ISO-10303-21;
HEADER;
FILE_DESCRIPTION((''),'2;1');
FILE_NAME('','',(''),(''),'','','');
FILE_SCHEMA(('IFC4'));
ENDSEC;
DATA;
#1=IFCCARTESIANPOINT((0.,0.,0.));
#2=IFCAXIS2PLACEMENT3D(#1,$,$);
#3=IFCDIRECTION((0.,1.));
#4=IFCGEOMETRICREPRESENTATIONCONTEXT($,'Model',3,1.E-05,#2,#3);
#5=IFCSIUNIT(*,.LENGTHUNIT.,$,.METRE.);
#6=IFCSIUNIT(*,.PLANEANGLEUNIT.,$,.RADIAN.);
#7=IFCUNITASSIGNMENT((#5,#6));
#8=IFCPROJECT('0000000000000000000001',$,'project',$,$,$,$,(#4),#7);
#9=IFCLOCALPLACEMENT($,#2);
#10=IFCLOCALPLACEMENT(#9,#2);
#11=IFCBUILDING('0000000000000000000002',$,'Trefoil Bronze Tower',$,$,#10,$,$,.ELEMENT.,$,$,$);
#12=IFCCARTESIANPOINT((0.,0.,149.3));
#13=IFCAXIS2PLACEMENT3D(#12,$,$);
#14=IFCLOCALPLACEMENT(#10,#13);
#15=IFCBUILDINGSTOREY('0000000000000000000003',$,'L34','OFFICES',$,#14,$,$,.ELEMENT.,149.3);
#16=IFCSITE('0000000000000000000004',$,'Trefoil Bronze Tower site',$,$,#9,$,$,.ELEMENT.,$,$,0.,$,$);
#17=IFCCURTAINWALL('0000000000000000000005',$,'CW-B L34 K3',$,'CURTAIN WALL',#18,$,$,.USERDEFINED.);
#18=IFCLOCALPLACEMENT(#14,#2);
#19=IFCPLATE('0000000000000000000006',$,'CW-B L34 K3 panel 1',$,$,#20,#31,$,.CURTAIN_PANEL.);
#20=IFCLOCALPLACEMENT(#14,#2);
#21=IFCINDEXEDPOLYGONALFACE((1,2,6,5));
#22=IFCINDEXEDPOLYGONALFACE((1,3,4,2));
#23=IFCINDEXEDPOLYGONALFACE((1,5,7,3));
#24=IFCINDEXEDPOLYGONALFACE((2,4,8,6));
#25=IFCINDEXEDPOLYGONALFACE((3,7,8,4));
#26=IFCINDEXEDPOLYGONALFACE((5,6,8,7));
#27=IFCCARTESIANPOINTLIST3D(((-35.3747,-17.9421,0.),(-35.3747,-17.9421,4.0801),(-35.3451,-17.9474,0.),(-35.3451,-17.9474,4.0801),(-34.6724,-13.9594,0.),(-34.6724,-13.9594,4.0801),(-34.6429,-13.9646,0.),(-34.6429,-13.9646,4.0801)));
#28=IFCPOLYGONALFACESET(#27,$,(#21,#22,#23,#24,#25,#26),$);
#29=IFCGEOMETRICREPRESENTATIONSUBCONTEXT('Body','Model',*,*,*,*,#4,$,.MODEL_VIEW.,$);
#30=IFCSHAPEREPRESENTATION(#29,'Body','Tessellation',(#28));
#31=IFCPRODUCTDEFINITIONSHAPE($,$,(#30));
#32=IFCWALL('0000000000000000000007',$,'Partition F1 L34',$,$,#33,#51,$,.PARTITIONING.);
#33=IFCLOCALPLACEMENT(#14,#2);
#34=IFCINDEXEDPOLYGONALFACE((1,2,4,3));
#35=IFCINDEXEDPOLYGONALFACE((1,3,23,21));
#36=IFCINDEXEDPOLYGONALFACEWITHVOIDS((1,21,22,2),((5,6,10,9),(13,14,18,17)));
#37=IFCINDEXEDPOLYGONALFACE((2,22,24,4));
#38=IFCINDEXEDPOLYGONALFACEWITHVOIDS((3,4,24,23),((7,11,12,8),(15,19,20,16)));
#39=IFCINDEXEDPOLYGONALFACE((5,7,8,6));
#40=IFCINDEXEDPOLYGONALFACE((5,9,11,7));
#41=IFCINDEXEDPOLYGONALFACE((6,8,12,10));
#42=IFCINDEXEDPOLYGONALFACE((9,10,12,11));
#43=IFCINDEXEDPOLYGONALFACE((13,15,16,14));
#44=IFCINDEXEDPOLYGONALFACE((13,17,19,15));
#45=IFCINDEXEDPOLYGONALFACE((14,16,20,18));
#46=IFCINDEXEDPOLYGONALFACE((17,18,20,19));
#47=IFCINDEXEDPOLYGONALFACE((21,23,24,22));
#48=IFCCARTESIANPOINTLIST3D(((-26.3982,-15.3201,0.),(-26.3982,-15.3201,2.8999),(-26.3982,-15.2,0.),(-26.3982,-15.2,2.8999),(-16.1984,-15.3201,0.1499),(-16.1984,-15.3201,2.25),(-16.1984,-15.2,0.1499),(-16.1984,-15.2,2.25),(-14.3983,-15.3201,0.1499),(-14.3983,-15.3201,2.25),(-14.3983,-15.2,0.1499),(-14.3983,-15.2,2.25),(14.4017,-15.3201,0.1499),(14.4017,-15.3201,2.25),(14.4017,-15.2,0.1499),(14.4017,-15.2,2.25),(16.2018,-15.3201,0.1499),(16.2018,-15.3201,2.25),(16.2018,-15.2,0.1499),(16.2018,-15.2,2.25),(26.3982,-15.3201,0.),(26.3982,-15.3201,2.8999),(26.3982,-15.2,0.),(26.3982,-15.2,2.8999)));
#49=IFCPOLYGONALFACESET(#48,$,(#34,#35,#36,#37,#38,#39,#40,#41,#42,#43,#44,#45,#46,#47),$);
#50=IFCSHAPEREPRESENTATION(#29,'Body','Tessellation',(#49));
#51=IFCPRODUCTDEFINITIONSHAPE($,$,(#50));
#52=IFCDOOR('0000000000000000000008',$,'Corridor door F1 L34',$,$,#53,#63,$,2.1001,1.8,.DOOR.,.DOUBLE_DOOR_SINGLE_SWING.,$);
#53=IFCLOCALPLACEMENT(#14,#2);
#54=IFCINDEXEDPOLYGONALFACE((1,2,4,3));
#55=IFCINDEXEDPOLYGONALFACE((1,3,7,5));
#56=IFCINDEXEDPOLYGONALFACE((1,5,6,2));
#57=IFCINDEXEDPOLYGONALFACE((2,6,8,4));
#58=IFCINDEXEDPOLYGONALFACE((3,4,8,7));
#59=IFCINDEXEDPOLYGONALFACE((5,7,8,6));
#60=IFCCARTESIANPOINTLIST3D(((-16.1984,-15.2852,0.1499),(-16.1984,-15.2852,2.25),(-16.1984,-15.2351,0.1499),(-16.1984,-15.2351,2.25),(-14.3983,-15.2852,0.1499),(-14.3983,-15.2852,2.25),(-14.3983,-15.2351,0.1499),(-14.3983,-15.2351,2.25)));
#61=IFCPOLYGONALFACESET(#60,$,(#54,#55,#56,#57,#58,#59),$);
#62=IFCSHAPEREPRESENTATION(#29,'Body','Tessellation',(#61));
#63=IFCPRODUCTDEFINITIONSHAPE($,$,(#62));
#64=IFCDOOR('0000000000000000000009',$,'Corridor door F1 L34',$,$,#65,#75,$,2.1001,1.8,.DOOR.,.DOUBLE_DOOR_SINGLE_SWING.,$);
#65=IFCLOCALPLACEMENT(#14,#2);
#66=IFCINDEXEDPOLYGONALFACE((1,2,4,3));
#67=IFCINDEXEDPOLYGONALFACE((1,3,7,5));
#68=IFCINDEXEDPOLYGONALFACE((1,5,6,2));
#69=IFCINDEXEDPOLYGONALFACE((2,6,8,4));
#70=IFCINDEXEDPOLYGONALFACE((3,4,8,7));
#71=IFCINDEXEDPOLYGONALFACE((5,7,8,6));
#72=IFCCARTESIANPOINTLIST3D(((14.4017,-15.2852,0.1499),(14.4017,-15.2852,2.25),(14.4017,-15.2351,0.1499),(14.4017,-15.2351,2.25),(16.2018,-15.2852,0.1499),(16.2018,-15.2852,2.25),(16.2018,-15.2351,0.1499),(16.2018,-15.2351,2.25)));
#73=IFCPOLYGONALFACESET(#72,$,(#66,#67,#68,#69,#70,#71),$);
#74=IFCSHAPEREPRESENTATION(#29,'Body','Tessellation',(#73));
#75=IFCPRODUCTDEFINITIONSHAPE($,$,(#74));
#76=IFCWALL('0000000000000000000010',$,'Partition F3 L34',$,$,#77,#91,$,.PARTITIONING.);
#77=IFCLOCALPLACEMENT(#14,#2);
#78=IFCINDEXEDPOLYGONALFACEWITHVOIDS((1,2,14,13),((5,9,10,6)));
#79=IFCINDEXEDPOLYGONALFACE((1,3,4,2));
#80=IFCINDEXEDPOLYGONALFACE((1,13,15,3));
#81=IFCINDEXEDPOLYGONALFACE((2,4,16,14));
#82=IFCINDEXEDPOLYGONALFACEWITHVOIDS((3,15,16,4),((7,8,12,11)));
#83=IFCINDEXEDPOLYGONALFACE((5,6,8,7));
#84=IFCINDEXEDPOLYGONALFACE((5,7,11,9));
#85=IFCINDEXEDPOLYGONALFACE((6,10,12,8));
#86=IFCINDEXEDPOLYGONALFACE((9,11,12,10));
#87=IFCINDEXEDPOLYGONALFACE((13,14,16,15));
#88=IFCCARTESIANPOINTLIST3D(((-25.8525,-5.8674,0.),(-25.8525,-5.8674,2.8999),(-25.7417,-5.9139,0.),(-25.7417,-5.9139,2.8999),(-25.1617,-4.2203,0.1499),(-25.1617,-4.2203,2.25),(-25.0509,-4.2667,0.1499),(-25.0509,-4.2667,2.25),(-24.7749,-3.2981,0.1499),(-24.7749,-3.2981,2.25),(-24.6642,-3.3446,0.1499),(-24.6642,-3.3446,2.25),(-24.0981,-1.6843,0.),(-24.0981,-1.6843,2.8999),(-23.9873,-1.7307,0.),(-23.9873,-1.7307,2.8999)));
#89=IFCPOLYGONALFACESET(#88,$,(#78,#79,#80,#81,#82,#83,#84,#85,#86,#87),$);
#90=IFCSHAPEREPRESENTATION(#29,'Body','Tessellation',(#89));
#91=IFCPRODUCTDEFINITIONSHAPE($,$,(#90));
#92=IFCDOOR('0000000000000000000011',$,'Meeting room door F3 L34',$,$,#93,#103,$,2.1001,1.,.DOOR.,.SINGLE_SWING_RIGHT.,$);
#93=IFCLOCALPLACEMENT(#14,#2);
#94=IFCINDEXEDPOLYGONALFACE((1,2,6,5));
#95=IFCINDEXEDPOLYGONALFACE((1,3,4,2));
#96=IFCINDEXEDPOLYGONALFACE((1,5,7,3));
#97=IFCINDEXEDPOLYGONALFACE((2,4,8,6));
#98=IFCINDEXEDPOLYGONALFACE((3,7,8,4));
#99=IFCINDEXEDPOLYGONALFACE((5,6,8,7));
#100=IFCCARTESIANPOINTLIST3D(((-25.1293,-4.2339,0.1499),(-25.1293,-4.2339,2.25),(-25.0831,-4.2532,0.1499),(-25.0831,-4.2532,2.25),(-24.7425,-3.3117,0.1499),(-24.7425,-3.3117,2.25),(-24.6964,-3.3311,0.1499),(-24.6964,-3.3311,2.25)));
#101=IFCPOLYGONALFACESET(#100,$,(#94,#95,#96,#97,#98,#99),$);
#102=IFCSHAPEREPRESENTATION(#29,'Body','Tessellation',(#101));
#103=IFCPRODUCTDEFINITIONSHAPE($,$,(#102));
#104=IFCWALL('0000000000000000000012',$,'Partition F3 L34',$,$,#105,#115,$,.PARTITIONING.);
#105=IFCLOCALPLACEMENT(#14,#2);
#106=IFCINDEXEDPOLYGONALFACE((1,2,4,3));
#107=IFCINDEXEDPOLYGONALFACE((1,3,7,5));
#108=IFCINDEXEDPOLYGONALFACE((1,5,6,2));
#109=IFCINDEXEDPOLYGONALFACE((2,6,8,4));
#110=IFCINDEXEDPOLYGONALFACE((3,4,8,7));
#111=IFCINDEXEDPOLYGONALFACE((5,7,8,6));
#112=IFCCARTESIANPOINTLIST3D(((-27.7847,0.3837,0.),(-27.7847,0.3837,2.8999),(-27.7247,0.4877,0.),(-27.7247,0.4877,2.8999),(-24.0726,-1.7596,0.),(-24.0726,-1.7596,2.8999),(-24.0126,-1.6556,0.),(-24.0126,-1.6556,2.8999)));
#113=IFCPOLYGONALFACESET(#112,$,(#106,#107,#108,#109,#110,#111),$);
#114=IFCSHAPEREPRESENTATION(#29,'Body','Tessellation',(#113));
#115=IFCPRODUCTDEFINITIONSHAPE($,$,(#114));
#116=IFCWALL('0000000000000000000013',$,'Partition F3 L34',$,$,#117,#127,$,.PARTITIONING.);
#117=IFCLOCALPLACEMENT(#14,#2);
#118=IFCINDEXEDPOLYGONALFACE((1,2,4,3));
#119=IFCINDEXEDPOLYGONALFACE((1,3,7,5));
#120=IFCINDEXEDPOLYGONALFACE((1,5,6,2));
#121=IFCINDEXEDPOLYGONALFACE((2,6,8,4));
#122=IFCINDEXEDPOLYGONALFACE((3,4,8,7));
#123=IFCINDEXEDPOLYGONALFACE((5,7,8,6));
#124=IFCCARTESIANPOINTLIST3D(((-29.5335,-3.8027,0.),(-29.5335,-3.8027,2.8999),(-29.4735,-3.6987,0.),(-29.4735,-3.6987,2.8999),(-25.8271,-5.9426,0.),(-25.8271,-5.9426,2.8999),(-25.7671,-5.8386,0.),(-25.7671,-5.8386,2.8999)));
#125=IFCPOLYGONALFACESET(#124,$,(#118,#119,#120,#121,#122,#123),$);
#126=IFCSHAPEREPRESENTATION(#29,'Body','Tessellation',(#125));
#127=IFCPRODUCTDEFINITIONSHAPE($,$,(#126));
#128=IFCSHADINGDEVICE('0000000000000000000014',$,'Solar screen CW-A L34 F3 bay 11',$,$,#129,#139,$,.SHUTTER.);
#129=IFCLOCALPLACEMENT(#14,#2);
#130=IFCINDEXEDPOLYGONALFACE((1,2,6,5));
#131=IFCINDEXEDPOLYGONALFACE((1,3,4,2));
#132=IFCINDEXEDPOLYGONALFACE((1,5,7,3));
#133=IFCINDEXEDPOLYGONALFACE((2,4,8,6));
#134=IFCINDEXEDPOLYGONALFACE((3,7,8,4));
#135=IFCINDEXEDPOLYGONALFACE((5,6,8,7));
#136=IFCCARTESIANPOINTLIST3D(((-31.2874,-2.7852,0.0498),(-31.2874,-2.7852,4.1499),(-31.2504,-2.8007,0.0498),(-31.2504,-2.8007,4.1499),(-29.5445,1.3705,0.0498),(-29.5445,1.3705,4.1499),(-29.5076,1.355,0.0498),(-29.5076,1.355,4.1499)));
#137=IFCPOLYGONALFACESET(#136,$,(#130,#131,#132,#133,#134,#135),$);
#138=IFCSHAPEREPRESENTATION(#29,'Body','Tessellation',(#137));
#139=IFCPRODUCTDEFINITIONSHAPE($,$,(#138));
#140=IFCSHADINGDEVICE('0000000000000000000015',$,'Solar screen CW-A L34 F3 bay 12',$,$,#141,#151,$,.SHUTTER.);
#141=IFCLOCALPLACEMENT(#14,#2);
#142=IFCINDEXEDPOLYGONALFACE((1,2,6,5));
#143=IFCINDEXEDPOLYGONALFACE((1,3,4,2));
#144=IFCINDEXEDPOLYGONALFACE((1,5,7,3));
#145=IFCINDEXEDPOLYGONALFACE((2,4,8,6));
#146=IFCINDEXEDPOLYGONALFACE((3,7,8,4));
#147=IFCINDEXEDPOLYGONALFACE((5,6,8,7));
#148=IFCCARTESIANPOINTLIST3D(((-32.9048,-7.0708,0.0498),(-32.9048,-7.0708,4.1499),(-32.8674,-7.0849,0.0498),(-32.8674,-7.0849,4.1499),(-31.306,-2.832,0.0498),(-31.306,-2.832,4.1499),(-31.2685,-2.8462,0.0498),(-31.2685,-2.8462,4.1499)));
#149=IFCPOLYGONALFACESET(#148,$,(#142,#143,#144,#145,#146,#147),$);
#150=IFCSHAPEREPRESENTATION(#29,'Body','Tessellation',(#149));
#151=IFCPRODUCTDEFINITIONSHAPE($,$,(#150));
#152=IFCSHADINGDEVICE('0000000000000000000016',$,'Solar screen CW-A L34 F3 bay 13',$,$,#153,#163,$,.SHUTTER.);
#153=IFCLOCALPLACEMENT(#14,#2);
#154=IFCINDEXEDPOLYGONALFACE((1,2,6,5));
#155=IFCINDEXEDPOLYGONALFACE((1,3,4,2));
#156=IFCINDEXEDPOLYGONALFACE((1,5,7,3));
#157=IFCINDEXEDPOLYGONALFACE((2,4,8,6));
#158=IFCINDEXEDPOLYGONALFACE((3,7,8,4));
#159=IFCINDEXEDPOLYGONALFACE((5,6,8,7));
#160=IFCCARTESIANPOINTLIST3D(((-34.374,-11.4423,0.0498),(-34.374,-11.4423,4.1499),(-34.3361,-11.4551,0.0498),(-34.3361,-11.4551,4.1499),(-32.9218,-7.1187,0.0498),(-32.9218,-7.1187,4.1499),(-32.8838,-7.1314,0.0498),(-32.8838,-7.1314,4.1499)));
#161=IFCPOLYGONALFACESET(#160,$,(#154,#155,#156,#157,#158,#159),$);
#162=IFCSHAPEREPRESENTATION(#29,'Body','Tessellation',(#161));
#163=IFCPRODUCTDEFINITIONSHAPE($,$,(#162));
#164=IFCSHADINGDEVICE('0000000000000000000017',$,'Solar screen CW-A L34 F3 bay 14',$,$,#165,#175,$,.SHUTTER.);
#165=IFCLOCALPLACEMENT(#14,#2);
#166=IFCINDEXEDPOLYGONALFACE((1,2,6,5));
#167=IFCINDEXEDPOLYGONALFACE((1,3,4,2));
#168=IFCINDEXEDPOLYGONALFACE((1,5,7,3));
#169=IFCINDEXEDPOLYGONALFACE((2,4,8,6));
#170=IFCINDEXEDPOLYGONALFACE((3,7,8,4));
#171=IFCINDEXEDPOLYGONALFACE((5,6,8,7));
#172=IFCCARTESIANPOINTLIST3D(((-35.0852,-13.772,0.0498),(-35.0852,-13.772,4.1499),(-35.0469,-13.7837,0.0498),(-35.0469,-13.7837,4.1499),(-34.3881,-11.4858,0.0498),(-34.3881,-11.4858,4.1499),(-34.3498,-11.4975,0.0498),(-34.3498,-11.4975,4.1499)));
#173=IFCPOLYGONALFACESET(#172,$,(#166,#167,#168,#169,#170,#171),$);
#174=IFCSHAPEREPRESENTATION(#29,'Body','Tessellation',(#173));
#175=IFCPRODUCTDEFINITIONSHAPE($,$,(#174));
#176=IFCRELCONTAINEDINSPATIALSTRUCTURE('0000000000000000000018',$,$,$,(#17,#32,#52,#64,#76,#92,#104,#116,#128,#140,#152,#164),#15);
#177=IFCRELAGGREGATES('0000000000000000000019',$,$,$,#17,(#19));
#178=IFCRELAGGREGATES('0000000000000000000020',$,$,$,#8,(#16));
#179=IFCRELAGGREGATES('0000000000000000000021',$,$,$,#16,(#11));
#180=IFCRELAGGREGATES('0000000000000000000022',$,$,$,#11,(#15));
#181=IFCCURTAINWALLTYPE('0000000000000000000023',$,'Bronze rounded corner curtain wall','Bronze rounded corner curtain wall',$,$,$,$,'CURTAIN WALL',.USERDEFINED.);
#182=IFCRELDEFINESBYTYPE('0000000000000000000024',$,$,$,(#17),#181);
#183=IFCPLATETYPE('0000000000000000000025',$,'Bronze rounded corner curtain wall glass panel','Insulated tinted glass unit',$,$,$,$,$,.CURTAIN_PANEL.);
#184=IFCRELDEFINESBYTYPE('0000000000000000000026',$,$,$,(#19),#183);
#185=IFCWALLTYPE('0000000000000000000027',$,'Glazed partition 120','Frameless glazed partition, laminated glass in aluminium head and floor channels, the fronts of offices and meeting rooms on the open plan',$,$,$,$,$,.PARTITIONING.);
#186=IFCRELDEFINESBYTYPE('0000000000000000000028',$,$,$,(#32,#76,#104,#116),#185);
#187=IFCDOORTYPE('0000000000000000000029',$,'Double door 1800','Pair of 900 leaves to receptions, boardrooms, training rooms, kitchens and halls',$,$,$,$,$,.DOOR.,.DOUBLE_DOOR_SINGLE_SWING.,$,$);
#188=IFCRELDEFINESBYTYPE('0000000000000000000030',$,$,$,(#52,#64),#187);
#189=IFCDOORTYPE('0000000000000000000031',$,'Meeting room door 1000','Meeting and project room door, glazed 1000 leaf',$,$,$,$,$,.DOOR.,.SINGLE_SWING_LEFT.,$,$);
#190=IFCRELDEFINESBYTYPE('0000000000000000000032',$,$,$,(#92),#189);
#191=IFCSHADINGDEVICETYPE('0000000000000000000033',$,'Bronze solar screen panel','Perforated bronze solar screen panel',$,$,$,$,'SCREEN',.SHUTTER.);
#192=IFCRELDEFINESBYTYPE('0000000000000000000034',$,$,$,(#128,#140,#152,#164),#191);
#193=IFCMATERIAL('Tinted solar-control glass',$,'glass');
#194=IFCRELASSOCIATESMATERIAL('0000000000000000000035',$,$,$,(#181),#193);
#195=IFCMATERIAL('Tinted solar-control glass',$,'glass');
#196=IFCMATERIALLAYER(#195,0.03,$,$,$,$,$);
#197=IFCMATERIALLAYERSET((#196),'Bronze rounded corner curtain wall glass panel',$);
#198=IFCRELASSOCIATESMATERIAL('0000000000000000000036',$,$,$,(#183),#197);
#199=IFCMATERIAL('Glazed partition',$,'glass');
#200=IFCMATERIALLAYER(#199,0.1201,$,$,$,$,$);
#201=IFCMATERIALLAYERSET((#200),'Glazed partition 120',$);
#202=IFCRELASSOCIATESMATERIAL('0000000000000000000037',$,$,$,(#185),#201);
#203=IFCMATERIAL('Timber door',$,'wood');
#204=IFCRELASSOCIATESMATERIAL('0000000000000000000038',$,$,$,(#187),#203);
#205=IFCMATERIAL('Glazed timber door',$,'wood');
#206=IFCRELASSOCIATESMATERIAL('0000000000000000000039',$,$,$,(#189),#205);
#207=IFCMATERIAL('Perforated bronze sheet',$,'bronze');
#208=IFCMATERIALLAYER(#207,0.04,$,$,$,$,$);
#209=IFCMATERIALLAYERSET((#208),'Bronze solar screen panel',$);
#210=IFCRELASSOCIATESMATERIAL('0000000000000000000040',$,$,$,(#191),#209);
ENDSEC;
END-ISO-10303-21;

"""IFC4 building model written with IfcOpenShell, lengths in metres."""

from ifc_helpers import new_model, si_unit, direction, frame, frame_2d, origin, origin_2d, place, context, subcontext, project, spatial, rectangle, extrude, material, layer, layer_set, type_object, element, fill, aggregate, save


model = new_model("IFC4")

# Units and contexts
model_context = context("Model", 3, precision=1e-05, world=origin(), true_north=direction((0.0, 1.0)))
body_context = subcontext(model_context, "Body", "Model", "MODEL_VIEW")
ifc_project = project(units=[si_unit("LENGTHUNIT", "METRE"), si_unit("PLANEANGLEUNIT", "RADIAN")], contexts=[model_context])

# Site, building, storey
site_placement = place(None, origin())
site = spatial("IfcSite", under=ifc_project, at=site_placement, Name="Trefoil Bronze Tower site", CompositionType="ELEMENT", RefElevation=0.0)
building_placement = place(site_placement, origin())
building = spatial("IfcBuilding", under=site, at=building_placement, Name="Trefoil Bronze Tower", CompositionType="ELEMENT")
storey_placement = place(building_placement, frame((0.0, 0.0, 149.3)))
storey = spatial("IfcBuildingStorey", under=building, at=storey_placement, Name="L34", Description="OFFICES", CompositionType="ELEMENT", Elevation=149.3)

# Curtain wall
ifc_material_1 = material(Name="Tinted solar-control glass", Category="glass")
curtain_wall_type_1 = type_object("IfcCurtainWallType", Name="Bronze rounded corner curtain wall", Description="Bronze rounded corner curtain wall", ElementType="CURTAIN WALL", PredefinedType="USERDEFINED", material=ifc_material_1)
curtain_wall_1_placement = place(storey_placement, origin())
curtain_wall_1 = element("IfcCurtainWall", 1, at=curtain_wall_1_placement, inside=storey, type_object=curtain_wall_type_1, Name="CW-B L34 K3", ObjectType="CURTAIN WALL", PredefinedType="USERDEFINED")

# Plate
ifc_material_2 = material(Name="Tinted solar-control glass", Category="glass")
ifc_layer_1 = layer(ifc_material_2, 0.03)
ifc_layer_set_1 = layer_set([ifc_layer_1], Name="Bronze rounded corner curtain wall glass panel")
plate_type_1 = type_object("IfcPlateType", Name="Bronze rounded corner curtain wall glass panel", Description="Insulated tinted glass unit", PredefinedType="CURTAIN_PANEL", material=ifc_layer_set_1)
plate_1_placement = place(storey_placement, frame((-35.0088, -15.9534, 0.0), z_axis=(0.0, 0.0, 1.0), x_axis=(-0.173648, -0.984808, 0.0)))
plate_1 = element("IfcPlate", 2, at=plate_1_placement, type_object=plate_type_1, Name="CW-B L34 K3 panel 1", PredefinedType="CURTAIN_PANEL", context=body_context, shape_type="SweptSolid", body=[
    extrude(rectangle(XDim=4.0442, YDim=0.03, at=origin_2d()), origin(), (0.0, 0.0, 1.0), 4.0801),
])
aggregate(curtain_wall_1, [plate_1])

# Wall, openings, doors
ifc_material_3 = material(Name="Glazed partition", Category="glass")
ifc_layer_2 = layer(ifc_material_3, 0.1201)
ifc_layer_set_2 = layer_set([ifc_layer_2], Name="Glazed partition 120")
wall_type = type_object("IfcWallType", Name="Glazed partition 120", Description="Frameless glazed partition, laminated glass in aluminium head and floor channels, the fronts of offices and meeting rooms on the open plan", PredefinedType="PARTITIONING", material=ifc_layer_set_2)
wall_1_placement = place(storey_placement, frame((-26.3982, -15.26, 0.0), z_axis=(0.0, 0.0, 1.0), x_axis=(1.0, 0.0, 0.0)))
wall_1 = element("IfcWall", 3, at=wall_1_placement, inside=storey, type_object=wall_type, Name="Partition F1 L34", PredefinedType="PARTITIONING", context=body_context, shape_type="SweptSolid", body=[
    extrude(rectangle(XDim=52.7964, YDim=0.1201, at=frame_2d((26.3982, 0.0))), origin(), (0.0, 0.0, 1.0), 2.8999),
])
opening_1_placement = place(wall_1_placement, frame((10.2, 0.0, 0.1499)))
opening_1 = element("IfcOpeningElement", 4, at=opening_1_placement, cuts=wall_1, PredefinedType="OPENING", context=body_context, shape_type="SweptSolid", body=[
    extrude(rectangle(XDim=1.8, YDim=2.1001, at=frame_2d((0.8999, 1.05))), frame((0.0, 0.0701, 0.0), z_axis=(0.0, -1.0, 0.0), x_axis=(1.0, 0.0, 0.0)), (0.0, 0.0, 1.0), 0.1401),
])
opening_2_placement = place(wall_1_placement, frame((40.8, 0.0, 0.1499)))
opening_2 = element("IfcOpeningElement", 5, at=opening_2_placement, cuts=wall_1, PredefinedType="OPENING", context=body_context, shape_type="SweptSolid", body=[
    extrude(rectangle(XDim=1.8, YDim=2.1001, at=frame_2d((0.8999, 1.05))), frame((0.0, 0.0701, 0.0), z_axis=(0.0, -1.0, 0.0), x_axis=(1.0, 0.0, 0.0)), (0.0, 0.0, 1.0), 0.1401),
])
ifc_material_4 = material(Name="Timber door", Category="wood")
door_type_1 = type_object("IfcDoorType", Name="Double door 1800", Description="Pair of 900 leaves to receptions, boardrooms, training rooms, kitchens and halls", OperationType="DOUBLE_DOOR_SINGLE_SWING", PredefinedType="DOOR", material=ifc_material_4)
door_1_placement = place(opening_1_placement, origin())
door_1 = element("IfcDoor", 6, at=door_1_placement, inside=storey, type_object=door_type_1, Name="Corridor door F1 L34", OperationType="DOUBLE_DOOR_SINGLE_SWING", OverallHeight=2.1001, OverallWidth=1.8, PredefinedType="DOOR", context=body_context, shape_type="SweptSolid", body=[
    extrude(rectangle(XDim=1.8, YDim=2.1001, at=frame_2d((0.8999, 1.05))), frame((0.0, 0.0249, 0.0), z_axis=(0.0, -1.0, 0.0), x_axis=(1.0, 0.0, 0.0)), (0.0, 0.0, 1.0), 0.05),
])
fill(opening_1, door_1)
door_2_placement = place(opening_2_placement, origin())
door_2 = element("IfcDoor", 7, at=door_2_placement, inside=storey, type_object=door_type_1, Name="Corridor door F1 L34", OperationType="DOUBLE_DOOR_SINGLE_SWING", OverallHeight=2.1001, OverallWidth=1.8, PredefinedType="DOOR", context=body_context, shape_type="SweptSolid", body=[
    extrude(rectangle(XDim=1.8, YDim=2.1001, at=frame_2d((0.8999, 1.05))), frame((0.0, 0.0249, 0.0), z_axis=(0.0, -1.0, 0.0), x_axis=(1.0, 0.0, 0.0)), (0.0, 0.0, 1.0), 0.05),
])
fill(opening_2, door_2)

# Wall, opening, door
wall_2_placement = place(storey_placement, frame((-24.0427, -1.7075, 0.0), z_axis=(0.0, 0.0, 1.0), x_axis=(-0.386762, -0.92218, 0.0)))
wall_2 = element("IfcWall", 8, at=wall_2_placement, inside=storey, type_object=wall_type, Name="Partition F3 L34", PredefinedType="PARTITIONING", context=body_context, shape_type="SweptSolid", body=[
    extrude(rectangle(XDim=4.5361, YDim=0.1201, at=frame_2d((2.2681, 0.0))), origin(), (0.0, 0.0, 1.0), 2.8999),
])
opening_3_placement = place(wall_2_placement, frame((1.75, 0.0, 0.1499)))
opening_3 = element("IfcOpeningElement", 9, at=opening_3_placement, cuts=wall_2, PredefinedType="OPENING", context=body_context, shape_type="SweptSolid", body=[
    extrude(rectangle(XDim=1.0, YDim=2.1001, at=frame_2d((0.5, 1.05))), frame((0.0, 0.0701, 0.0), z_axis=(0.0, -1.0, 0.0), x_axis=(1.0, 0.0, 0.0)), (0.0, 0.0, 1.0), 0.1401),
])
ifc_material_5 = material(Name="Glazed timber door", Category="wood")
door_type_2 = type_object("IfcDoorType", Name="Meeting room door 1000", Description="Meeting and project room door, glazed 1000 leaf", OperationType="SINGLE_SWING_LEFT", PredefinedType="DOOR", material=ifc_material_5)
door_3_placement = place(opening_3_placement, frame((1.0, 0.0, 0.0), z_axis=(0.0, 0.0, 1.0), x_axis=(-1.0, 0.0, 0.0)))
door_3 = element("IfcDoor", 10, at=door_3_placement, inside=storey, type_object=door_type_2, Name="Meeting room door F3 L34", OperationType="SINGLE_SWING_RIGHT", OverallHeight=2.1001, OverallWidth=1.0, PredefinedType="DOOR", context=body_context, shape_type="SweptSolid", body=[
    extrude(rectangle(XDim=1.0, YDim=2.1001, at=frame_2d((0.5, 1.05))), frame((0.0, 0.0249, 0.0), z_axis=(0.0, -1.0, 0.0), x_axis=(1.0, 0.0, 0.0)), (0.0, 0.0, 1.0), 0.05),
])
fill(opening_3, door_3)

# Walls
wall_3_placement = place(storey_placement, frame((-24.0427, -1.7075, 0.0), z_axis=(0.0, 0.0, 1.0), x_axis=(-0.866016, 0.500017, 0.0)))
element("IfcWall", 11, at=wall_3_placement, inside=storey, type_object=wall_type, Name="Partition F3 L34", PredefinedType="PARTITIONING", context=body_context, shape_type="SweptSolid", body=[
    extrude(rectangle(XDim=4.2864, YDim=0.1201, at=frame_2d((2.1431, 0.0))), origin(), (0.0, 0.0, 1.0), 2.8999),
])
wall_4_placement = place(storey_placement, frame((-25.7971, -5.8906, 0.0), z_axis=(0.0, 0.0, 1.0), x_axis=(-0.866019, 0.500011, 0.0)))
element("IfcWall", 12, at=wall_4_placement, inside=storey, type_object=wall_type, Name="Partition F3 L34", PredefinedType="PARTITIONING", context=body_context, shape_type="SweptSolid", body=[
    extrude(rectangle(XDim=4.2798, YDim=0.1201, at=frame_2d((2.1399, 0.0))), origin(), (0.0, 0.0, 1.0), 2.8999),
])

# Shading devices
ifc_material_6 = material(Name="Perforated bronze sheet", Category="bronze")
ifc_layer_3 = layer(ifc_material_6, 0.04)
ifc_layer_set_3 = layer_set([ifc_layer_3], Name="Bronze solar screen panel")
shading_device_type = type_object("IfcShadingDeviceType", Name="Bronze solar screen panel", Description="Perforated bronze solar screen panel", ElementType="SCREEN", PredefinedType="SHUTTER", material=ifc_layer_set_3)
shading_device_1_placement = place(storey_placement, frame((-30.3975, -0.7151, 0.0498), z_axis=(0.0, 0.0, 1.0), x_axis=(-0.386759, -0.922181, 0.0)))
element("IfcShadingDevice", 13, at=shading_device_1_placement, inside=storey, type_object=shading_device_type, Name="Solar screen CW-A L34 F3 bay 11", PredefinedType="SHUTTER", context=body_context, shape_type="SweptSolid", body=[
    extrude(rectangle(XDim=4.5063, YDim=0.04, at=origin_2d()), origin(), (0.0, 0.0, 1.0), 4.1001),
])
shading_device_2_placement = place(storey_placement, frame((-32.0867, -4.9585, 0.0498), z_axis=(0.0, 0.0, 1.0), x_axis=(-0.35292, -0.935654, 0.0)))
element("IfcShadingDevice", 14, at=shading_device_2_placement, inside=storey, type_object=shading_device_type, Name="Solar screen CW-A L34 F3 bay 12", PredefinedType="SHUTTER", context=body_context, shape_type="SweptSolid", body=[
    extrude(rectangle(XDim=4.5303, YDim=0.04, at=origin_2d()), origin(), (0.0, 0.0, 1.0), 4.1001),
])
shading_device_3_placement = place(storey_placement, frame((-33.6289, -9.2869, 0.0498), z_axis=(0.0, 0.0, 1.0), x_axis=(-0.318404, -0.947955, 0.0)))
element("IfcShadingDevice", 15, at=shading_device_3_placement, inside=storey, type_object=shading_device_type, Name="Solar screen CW-A L34 F3 bay 13", PredefinedType="SHUTTER", context=body_context, shape_type="SweptSolid", body=[
    extrude(rectangle(XDim=4.561, YDim=0.04, at=origin_2d()), origin(), (0.0, 0.0, 1.0), 4.1001),
])
shading_device_4_placement = place(storey_placement, frame((-34.7175, -12.6348, 0.0498), z_axis=(0.0, 0.0, 1.0), x_axis=(-0.291669, -0.956519, 0.0)))
element("IfcShadingDevice", 16, at=shading_device_4_placement, inside=storey, type_object=shading_device_type, Name="Solar screen CW-A L34 F3 bay 14", PredefinedType="SHUTTER", context=body_context, shape_type="SweptSolid", body=[
    extrude(rectangle(XDim=2.3901, YDim=0.04, at=origin_2d()), origin(), (0.0, 0.0, 1.0), 4.1001),
])

save(model, "model.ifc")
